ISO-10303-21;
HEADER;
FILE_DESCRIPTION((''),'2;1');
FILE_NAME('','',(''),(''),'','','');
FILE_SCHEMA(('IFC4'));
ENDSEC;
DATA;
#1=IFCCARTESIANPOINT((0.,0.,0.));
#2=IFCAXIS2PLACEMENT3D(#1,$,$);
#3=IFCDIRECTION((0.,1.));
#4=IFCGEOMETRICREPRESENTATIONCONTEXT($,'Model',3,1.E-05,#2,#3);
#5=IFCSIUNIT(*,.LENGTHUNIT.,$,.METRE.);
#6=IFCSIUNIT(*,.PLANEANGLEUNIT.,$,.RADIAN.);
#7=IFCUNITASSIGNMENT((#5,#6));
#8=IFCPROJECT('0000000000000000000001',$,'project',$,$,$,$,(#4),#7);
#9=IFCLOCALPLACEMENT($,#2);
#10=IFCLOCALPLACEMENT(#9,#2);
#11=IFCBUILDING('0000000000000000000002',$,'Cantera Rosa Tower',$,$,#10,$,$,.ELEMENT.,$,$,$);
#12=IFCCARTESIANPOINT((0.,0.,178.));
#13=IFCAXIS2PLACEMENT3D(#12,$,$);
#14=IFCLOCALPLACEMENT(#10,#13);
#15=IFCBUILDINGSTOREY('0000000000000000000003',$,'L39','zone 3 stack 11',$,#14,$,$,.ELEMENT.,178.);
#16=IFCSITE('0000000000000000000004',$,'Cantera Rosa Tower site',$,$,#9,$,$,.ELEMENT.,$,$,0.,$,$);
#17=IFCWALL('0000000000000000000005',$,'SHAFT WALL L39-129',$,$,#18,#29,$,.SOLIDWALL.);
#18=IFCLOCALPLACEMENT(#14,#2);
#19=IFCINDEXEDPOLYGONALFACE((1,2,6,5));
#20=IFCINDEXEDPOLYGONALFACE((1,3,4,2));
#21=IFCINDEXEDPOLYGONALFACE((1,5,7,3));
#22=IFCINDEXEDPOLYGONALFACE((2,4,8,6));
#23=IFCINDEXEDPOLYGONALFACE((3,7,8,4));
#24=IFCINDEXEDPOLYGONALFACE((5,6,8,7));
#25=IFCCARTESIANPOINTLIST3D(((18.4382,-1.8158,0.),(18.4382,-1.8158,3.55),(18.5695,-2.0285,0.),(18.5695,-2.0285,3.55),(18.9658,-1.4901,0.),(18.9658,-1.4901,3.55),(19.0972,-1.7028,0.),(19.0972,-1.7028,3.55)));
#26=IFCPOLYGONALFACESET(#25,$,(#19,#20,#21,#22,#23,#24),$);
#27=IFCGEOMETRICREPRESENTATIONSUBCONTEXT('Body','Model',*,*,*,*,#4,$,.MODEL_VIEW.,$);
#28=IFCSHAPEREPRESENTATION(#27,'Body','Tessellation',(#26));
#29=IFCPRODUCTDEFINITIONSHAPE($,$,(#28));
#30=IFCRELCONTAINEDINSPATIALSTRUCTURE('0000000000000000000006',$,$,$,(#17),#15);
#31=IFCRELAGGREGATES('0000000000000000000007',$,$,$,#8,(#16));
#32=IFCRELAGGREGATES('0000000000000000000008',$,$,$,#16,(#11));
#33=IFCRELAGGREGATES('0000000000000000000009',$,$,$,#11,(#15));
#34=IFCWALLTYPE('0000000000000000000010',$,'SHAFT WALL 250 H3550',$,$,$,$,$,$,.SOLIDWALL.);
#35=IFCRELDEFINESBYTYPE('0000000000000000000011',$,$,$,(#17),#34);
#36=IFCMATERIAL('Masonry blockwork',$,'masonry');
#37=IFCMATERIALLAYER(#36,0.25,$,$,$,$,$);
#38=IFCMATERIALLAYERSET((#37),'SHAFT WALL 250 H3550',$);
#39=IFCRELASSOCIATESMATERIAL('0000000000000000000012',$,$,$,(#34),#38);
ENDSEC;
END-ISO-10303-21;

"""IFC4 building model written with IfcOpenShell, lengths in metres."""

from ifc_helpers import new_model, si_unit, direction, frame, frame_2d, origin, place, context, subcontext, project, spatial, rectangle, extrude, material, layer, layer_set, type_object, element, save


model = new_model("IFC4")

# Units and contexts
model_context = context("Model", 3, precision=1e-05, world=origin(), true_north=direction((0.0, 1.0)))
body_context = subcontext(model_context, "Body", "Model", "MODEL_VIEW")
ifc_project = project(units=[si_unit("LENGTHUNIT", "METRE"), si_unit("PLANEANGLEUNIT", "RADIAN")], contexts=[model_context])

# Site, building, storey
site_placement = place(None, origin())
site = spatial("IfcSite", under=ifc_project, at=site_placement, Name="Cantera Rosa Tower site", CompositionType="ELEMENT", RefElevation=0.0)
building_placement = place(site_placement, origin())
building = spatial("IfcBuilding", under=site, at=building_placement, Name="Cantera Rosa Tower", CompositionType="ELEMENT")
storey_placement = place(building_placement, frame((0.0, 0.0, 178.0)))
storey = spatial("IfcBuildingStorey", under=building, at=storey_placement, Name="L39", Description="zone 3 stack 11", CompositionType="ELEMENT", Elevation=178.0)

# Wall
ifc_material_1 = material(Name="Masonry blockwork", Category="masonry")
ifc_layer_1 = layer(ifc_material_1, 0.25)
ifc_layer_set_1 = layer_set([ifc_layer_1], Name="SHAFT WALL 250 H3550")
wall_type_1 = type_object("IfcWallType", Name="SHAFT WALL 250 H3550", PredefinedType="SOLIDWALL", material=ifc_layer_set_1)
wall_1_placement = place(storey_placement, frame((19.0315, -1.5964, 0.0), z_axis=(0.0, 0.0, 1.0), x_axis=(-0.850927, -0.525283, 0.0)))
element("IfcWall", 1, at=wall_1_placement, inside=storey, type_object=wall_type_1, Name="SHAFT WALL L39-129", PredefinedType="SOLIDWALL", context=body_context, shape_type="SweptSolid", body=[
    extrude(rectangle(XDim=0.6201, YDim=0.25, at=frame_2d((0.3101, 0.0))), origin(), (0.0, 0.0, 1.0), 3.55),
])

save(model, "model.ifc")
